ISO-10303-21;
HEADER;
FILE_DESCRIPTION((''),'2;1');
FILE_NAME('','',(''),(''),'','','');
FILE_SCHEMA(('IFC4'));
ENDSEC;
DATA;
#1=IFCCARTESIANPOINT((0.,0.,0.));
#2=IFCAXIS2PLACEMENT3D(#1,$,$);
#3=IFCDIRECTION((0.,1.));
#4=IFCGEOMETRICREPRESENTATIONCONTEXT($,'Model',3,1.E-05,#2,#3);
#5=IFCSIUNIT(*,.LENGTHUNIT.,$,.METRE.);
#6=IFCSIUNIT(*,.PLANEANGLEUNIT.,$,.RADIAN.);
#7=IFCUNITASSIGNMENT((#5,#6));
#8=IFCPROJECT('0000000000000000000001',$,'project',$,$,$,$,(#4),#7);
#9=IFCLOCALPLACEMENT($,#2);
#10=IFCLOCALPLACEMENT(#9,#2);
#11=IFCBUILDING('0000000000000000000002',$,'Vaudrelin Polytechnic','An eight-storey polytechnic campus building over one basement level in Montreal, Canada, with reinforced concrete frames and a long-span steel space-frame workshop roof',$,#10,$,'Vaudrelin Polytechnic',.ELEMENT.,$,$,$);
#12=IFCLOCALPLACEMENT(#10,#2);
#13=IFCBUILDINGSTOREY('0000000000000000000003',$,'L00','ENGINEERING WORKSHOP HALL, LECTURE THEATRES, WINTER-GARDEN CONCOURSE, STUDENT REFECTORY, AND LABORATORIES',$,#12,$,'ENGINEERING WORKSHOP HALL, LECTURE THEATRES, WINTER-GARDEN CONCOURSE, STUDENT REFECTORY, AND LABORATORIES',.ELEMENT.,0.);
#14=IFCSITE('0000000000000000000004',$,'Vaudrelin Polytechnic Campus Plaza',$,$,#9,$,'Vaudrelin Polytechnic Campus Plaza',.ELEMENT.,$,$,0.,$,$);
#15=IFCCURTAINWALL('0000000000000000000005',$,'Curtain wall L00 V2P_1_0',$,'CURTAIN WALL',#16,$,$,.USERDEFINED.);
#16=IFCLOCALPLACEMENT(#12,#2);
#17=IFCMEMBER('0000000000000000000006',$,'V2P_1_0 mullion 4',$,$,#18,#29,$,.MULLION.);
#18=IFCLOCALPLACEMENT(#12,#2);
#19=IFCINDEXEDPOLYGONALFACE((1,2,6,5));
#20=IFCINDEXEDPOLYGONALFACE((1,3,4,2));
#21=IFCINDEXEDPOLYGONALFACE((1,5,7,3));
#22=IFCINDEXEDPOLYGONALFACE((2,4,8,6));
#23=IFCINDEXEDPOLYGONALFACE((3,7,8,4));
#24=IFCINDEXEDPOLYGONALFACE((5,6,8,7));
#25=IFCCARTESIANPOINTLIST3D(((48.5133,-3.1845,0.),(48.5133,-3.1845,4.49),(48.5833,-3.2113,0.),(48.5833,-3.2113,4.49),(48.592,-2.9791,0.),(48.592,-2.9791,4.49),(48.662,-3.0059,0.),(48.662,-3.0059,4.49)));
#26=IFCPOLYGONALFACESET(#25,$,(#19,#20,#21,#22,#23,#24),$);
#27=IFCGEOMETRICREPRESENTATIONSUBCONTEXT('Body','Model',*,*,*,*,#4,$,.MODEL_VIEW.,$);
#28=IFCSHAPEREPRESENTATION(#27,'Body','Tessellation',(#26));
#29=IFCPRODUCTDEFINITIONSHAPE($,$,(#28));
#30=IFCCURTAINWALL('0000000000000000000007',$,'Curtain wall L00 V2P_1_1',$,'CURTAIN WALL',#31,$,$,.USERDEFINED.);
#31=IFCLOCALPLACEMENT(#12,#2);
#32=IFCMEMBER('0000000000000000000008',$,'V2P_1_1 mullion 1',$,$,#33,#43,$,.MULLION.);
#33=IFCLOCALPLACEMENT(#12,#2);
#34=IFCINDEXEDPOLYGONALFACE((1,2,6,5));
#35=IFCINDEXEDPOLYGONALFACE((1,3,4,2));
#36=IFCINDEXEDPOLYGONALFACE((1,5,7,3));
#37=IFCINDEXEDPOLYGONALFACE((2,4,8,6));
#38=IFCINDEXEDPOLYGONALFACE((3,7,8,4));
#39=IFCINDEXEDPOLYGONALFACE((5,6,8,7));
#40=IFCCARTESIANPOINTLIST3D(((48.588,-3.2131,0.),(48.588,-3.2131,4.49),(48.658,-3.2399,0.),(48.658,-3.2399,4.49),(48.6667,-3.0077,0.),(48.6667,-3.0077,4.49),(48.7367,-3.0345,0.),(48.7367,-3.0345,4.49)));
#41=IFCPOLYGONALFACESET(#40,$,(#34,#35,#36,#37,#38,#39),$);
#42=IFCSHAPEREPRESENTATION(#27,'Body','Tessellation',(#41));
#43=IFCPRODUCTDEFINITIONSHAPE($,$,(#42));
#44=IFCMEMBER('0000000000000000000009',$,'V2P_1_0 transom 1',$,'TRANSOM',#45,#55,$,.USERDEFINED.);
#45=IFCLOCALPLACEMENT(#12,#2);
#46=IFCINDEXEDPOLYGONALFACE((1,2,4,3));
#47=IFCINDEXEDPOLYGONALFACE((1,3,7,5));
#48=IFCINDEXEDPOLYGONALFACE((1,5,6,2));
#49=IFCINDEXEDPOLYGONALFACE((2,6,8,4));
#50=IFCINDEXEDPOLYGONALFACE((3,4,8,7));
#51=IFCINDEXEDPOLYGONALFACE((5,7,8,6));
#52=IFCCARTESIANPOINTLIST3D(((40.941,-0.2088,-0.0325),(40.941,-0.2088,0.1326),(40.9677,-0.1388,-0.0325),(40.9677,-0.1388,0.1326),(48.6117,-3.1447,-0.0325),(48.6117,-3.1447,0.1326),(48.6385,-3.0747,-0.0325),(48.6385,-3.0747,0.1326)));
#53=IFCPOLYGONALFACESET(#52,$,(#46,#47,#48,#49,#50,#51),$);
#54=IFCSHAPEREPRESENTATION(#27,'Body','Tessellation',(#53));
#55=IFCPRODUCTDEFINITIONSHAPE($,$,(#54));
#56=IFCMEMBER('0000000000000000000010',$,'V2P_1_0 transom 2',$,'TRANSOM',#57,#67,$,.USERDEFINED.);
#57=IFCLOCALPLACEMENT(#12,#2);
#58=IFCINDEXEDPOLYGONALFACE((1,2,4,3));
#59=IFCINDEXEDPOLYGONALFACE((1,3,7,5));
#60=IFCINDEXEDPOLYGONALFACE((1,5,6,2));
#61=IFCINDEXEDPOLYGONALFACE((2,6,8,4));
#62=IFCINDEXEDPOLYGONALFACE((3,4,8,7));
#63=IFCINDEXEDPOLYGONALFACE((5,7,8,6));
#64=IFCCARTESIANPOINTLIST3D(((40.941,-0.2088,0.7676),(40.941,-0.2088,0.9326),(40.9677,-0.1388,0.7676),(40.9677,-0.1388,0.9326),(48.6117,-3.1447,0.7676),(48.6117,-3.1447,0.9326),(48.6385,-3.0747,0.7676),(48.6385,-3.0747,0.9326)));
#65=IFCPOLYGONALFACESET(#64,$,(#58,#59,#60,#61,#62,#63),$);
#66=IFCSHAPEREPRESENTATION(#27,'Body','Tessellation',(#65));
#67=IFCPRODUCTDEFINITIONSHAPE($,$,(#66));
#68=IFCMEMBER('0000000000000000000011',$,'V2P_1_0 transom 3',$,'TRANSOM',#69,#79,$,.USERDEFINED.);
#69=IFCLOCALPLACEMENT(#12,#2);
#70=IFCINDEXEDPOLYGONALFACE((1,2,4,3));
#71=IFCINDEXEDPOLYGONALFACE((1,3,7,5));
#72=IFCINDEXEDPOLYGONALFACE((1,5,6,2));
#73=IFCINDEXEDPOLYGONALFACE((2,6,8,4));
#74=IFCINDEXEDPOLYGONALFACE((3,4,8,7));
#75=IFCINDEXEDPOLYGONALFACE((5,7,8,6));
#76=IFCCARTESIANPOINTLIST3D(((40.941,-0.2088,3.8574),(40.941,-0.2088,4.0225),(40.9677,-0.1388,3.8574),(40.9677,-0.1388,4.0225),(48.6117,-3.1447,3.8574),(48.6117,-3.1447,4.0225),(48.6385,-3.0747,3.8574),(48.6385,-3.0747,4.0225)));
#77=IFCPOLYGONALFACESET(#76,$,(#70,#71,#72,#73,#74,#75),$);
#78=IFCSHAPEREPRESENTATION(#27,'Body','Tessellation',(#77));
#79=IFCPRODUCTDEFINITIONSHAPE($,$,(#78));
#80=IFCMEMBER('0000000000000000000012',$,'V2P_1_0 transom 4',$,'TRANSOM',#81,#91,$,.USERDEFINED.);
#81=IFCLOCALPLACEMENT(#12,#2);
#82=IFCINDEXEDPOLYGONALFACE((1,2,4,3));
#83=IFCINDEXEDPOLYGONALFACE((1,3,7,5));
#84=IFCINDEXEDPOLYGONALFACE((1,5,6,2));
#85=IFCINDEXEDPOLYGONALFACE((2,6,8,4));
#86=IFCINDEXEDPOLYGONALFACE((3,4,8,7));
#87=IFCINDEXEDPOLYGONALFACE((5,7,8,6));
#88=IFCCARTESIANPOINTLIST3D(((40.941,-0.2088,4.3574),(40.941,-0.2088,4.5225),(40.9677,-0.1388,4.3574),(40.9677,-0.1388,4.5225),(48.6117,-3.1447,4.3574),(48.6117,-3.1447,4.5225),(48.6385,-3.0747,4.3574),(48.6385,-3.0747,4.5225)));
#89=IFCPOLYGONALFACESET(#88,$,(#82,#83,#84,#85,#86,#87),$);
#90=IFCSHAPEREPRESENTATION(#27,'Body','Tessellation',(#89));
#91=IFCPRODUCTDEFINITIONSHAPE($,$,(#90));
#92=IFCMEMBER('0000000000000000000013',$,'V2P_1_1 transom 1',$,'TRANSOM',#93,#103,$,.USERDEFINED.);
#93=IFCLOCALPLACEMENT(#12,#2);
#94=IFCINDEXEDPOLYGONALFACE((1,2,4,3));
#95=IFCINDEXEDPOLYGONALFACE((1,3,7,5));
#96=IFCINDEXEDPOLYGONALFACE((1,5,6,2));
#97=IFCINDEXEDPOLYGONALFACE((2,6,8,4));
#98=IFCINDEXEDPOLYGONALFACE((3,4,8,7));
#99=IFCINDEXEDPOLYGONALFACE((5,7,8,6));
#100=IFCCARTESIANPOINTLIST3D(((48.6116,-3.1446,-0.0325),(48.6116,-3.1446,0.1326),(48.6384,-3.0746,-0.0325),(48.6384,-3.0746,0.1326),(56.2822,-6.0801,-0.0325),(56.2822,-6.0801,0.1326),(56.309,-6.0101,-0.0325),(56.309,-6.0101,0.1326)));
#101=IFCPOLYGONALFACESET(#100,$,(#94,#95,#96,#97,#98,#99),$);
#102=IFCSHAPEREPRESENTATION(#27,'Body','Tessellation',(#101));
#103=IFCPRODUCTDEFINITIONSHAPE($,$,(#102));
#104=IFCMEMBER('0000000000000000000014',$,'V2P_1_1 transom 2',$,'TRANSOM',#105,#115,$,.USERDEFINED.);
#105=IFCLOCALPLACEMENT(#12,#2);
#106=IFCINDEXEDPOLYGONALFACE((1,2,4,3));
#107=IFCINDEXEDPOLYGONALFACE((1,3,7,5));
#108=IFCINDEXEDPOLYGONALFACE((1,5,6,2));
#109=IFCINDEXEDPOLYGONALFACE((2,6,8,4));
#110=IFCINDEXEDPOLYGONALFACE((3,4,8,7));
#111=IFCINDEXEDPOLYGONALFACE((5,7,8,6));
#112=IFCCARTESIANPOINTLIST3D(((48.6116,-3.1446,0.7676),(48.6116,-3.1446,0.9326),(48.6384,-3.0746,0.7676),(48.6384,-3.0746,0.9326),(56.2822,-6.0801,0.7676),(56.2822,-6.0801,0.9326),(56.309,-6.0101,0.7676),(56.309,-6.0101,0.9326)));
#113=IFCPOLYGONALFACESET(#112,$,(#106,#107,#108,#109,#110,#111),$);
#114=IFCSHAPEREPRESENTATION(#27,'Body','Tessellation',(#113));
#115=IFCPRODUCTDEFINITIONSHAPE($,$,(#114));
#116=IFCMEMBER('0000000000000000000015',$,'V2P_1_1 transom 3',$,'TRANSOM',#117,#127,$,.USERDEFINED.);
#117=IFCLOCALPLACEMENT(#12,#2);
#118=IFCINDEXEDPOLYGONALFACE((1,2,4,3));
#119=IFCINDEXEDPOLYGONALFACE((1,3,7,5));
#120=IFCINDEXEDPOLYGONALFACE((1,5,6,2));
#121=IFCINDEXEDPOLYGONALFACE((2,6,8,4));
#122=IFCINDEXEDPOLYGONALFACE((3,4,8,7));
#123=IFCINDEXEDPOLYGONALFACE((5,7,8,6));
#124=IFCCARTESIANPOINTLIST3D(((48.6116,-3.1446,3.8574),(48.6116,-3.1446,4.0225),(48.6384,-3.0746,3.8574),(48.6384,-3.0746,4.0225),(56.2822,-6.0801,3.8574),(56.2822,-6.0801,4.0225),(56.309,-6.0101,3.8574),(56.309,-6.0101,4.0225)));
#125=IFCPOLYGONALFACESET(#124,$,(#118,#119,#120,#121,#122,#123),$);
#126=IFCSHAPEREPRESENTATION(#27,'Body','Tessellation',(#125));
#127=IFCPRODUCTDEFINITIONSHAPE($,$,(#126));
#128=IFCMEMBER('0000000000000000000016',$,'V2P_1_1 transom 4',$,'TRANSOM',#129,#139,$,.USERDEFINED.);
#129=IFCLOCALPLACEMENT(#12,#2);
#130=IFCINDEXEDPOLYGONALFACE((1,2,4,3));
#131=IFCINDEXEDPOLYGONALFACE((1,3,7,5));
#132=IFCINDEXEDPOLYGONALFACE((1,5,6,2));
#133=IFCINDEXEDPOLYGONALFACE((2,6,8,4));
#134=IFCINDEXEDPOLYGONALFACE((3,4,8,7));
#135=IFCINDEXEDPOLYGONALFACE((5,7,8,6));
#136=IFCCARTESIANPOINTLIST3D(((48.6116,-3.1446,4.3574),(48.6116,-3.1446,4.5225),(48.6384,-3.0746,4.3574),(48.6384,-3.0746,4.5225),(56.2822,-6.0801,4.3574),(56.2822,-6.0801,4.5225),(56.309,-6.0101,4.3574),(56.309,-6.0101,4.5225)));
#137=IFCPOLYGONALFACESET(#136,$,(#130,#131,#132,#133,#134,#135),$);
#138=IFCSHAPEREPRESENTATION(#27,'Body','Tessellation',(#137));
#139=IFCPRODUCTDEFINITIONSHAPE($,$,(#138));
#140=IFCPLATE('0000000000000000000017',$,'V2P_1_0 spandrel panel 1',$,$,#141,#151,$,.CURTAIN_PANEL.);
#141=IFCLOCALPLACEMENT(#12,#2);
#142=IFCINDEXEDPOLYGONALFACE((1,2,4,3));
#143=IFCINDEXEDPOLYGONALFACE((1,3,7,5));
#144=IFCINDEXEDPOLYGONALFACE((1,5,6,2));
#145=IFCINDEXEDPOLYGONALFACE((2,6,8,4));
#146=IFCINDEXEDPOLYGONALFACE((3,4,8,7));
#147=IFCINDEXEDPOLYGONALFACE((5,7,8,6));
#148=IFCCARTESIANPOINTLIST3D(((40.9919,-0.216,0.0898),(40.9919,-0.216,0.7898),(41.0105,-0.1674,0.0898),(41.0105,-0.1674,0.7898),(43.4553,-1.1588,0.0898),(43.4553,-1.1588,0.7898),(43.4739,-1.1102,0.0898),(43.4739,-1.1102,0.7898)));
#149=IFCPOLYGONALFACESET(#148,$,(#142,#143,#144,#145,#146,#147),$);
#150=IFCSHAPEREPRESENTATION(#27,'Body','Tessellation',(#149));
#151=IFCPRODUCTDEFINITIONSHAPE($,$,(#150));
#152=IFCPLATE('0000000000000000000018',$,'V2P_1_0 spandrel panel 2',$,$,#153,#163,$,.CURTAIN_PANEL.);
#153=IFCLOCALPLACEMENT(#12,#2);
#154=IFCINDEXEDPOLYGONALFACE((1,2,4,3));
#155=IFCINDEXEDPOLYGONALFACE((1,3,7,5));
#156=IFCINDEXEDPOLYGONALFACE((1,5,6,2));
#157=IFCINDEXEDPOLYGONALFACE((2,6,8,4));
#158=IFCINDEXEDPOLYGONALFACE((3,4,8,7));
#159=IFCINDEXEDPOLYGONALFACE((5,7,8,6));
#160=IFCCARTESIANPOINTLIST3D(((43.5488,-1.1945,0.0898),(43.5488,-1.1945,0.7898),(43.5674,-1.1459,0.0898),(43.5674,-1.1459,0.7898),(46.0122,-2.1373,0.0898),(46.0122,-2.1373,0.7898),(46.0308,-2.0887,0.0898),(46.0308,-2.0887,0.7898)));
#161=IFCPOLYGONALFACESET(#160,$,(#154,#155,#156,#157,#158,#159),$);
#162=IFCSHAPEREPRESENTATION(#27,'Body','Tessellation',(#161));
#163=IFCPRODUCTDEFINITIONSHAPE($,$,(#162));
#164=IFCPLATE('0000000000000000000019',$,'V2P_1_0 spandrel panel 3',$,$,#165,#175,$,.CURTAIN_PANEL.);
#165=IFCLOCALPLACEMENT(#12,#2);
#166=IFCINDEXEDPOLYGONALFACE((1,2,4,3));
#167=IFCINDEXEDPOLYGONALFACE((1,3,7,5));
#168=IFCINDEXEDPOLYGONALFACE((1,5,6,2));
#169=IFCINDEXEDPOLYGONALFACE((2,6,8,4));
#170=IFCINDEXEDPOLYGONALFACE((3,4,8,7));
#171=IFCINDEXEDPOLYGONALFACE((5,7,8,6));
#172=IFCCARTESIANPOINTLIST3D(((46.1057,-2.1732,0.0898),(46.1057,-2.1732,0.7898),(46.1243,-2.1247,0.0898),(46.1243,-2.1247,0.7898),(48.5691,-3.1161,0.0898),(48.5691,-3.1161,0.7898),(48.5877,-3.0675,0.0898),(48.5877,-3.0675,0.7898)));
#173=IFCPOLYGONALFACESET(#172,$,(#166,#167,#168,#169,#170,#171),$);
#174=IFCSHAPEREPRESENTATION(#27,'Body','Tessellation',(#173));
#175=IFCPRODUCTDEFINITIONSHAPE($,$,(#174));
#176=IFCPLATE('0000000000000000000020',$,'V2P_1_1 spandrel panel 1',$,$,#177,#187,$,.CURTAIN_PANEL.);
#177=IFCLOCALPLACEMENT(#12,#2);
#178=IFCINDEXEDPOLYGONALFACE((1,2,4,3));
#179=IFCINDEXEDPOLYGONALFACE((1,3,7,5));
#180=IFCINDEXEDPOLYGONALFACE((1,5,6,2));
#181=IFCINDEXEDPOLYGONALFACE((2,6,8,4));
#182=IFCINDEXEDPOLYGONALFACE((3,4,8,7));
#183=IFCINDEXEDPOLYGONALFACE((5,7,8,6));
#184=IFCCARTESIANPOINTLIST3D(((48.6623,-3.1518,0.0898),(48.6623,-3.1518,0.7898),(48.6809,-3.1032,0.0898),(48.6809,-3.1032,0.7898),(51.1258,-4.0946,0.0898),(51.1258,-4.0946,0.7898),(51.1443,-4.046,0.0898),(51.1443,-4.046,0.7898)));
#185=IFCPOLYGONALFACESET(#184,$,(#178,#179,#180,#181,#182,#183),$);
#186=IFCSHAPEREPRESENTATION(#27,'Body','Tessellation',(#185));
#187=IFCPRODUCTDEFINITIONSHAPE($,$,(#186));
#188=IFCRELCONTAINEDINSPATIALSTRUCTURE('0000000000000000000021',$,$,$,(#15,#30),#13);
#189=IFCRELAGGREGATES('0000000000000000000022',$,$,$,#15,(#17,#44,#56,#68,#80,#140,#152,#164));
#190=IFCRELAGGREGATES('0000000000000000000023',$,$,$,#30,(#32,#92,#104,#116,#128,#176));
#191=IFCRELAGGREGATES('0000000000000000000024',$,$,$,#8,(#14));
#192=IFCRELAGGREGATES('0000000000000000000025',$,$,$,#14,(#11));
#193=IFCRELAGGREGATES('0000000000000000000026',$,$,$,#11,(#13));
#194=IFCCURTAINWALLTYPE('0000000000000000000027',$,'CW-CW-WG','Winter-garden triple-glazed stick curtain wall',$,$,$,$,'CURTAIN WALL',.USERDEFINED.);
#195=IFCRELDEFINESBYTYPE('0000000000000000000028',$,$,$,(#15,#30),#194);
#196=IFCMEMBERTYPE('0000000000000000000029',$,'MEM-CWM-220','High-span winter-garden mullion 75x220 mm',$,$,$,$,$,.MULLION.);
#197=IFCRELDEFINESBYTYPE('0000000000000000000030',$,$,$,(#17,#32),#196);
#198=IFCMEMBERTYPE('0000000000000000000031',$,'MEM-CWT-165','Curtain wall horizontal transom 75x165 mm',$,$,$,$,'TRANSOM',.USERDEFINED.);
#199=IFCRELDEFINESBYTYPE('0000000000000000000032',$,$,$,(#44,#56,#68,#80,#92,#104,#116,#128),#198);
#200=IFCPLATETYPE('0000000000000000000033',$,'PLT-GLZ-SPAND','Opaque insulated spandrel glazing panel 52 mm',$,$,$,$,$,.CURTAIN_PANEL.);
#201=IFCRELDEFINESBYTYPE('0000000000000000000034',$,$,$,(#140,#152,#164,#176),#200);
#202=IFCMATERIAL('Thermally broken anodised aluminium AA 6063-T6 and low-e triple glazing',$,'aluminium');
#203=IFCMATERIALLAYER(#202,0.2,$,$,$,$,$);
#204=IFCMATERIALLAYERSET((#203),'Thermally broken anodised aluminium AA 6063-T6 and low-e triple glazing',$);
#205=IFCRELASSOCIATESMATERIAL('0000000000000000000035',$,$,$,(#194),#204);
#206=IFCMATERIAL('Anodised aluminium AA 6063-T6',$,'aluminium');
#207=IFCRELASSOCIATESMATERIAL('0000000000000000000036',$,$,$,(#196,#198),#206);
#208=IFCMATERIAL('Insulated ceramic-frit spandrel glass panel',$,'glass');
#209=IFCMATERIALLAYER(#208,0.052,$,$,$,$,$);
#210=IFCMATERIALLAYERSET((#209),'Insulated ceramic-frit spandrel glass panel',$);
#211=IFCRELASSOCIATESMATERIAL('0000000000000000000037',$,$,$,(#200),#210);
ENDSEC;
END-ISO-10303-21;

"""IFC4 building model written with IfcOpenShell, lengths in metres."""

from ifc_helpers import new_model, si_unit, direction, frame, origin, origin_2d, place, context, subcontext, project, spatial, rectangle, extrude, material, layer, layer_set, material_profile, profile_set, type_object, element, aggregate, save


model = new_model("IFC4")

# Units and contexts
model_context = context("Model", 3, precision=1e-05, world=origin(), true_north=direction((0.0, 1.0)))
body_context = subcontext(model_context, "Body", "Model", "MODEL_VIEW")
ifc_project = project(units=[si_unit("LENGTHUNIT", "METRE"), si_unit("PLANEANGLEUNIT", "RADIAN")], contexts=[model_context])

# Site, building, storey
site_placement = place(None, origin())
site = spatial("IfcSite", under=ifc_project, at=site_placement, Name="Vaudrelin Polytechnic Campus Plaza", LongName="Vaudrelin Polytechnic Campus Plaza", CompositionType="ELEMENT", RefElevation=0.0)
building_placement = place(site_placement, origin())
building = spatial("IfcBuilding", under=site, at=building_placement, Name="Vaudrelin Polytechnic", Description="An eight-storey polytechnic campus building over one basement level in Montreal, Canada, with reinforced concrete frames and a long-span steel space-frame workshop roof", LongName="Vaudrelin Polytechnic", CompositionType="ELEMENT")
storey_placement = place(building_placement, origin())
storey = spatial("IfcBuildingStorey", under=building, at=storey_placement, Name="L00", Description="ENGINEERING WORKSHOP HALL, LECTURE THEATRES, WINTER-GARDEN CONCOURSE, STUDENT REFECTORY, AND LABORATORIES", LongName="ENGINEERING WORKSHOP HALL, LECTURE THEATRES, WINTER-GARDEN CONCOURSE, STUDENT REFECTORY, AND LABORATORIES", CompositionType="ELEMENT", Elevation=0.0)

# Curtain wall, member
ifc_material_1 = material(Name="Thermally broken anodised aluminium AA 6063-T6 and low-e triple glazing", Category="aluminium")
ifc_layer_1 = layer(ifc_material_1, 0.2)
ifc_layer_set_1 = layer_set([ifc_layer_1], Name="Thermally broken anodised aluminium AA 6063-T6 and low-e triple glazing")
curtain_wall_type = type_object("IfcCurtainWallType", Name="CW-CW-WG", Description="Winter-garden triple-glazed stick curtain wall", ElementType="CURTAIN WALL", PredefinedType="USERDEFINED", material=ifc_layer_set_1)
curtain_wall_1_placement = place(storey_placement, origin())
curtain_wall_1 = element("IfcCurtainWall", 1, at=curtain_wall_1_placement, inside=storey, type_object=curtain_wall_type, Name="Curtain wall L00 V2P_1_0", ObjectType="CURTAIN WALL", PredefinedType="USERDEFINED")
ifc_material_2 = material(Name="Anodised aluminium AA 6063-T6", Category="aluminium")
ifc_material_profile_1 = material_profile(ifc_material_2, rectangle(XDim=0.075, YDim=0.22, at=origin_2d()), Name="CWM-75x220")
ifc_profile_set_1 = profile_set([ifc_material_profile_1], Name="Anodised aluminium AA 6063-T6")
member_type_1 = type_object("IfcMemberType", Name="MEM-CWM-220", Description="High-span winter-garden mullion 75x220 mm", PredefinedType="MULLION", material=ifc_profile_set_1)
member_1_placement = place(storey_placement, frame((48.5876, -3.0952, 0.0), z_axis=(0.0, 0.0, 1.0), x_axis=(0.933937, -0.357437, 0.0)))
member_1 = element("IfcMember", 2, at=member_1_placement, type_object=member_type_1, Name="V2P_1_0 mullion 4", PredefinedType="MULLION", context=body_context, shape_type="SweptSolid", body=[
    extrude(rectangle(XDim=0.075, YDim=0.22, at=origin_2d()), origin(), (0.0, 0.0, 1.0), 4.49),
])

# Curtain wall, member
curtain_wall_2_placement = place(storey_placement, origin())
curtain_wall_2 = element("IfcCurtainWall", 3, at=curtain_wall_2_placement, inside=storey, type_object=curtain_wall_type, Name="Curtain wall L00 V2P_1_1", ObjectType="CURTAIN WALL", PredefinedType="USERDEFINED")
member_2_placement = place(storey_placement, frame((48.6624, -3.1238, 0.0), z_axis=(0.0, 0.0, 1.0), x_axis=(0.933941, -0.357427, 0.0)))
member_2 = element("IfcMember", 4, at=member_2_placement, type_object=member_type_1, Name="V2P_1_1 mullion 1", PredefinedType="MULLION", context=body_context, shape_type="SweptSolid", body=[
    extrude(rectangle(XDim=0.075, YDim=0.22, at=origin_2d()), origin(), (0.0, 0.0, 1.0), 4.49),
])

# Members
ifc_material_profile_2 = material_profile(ifc_material_2, rectangle(XDim=0.075, YDim=0.165, at=origin_2d()), Name="CWT-75x165")
ifc_profile_set_2 = profile_set([ifc_material_profile_2], Name="Anodised aluminium AA 6063-T6")
member_type_2 = type_object("IfcMemberType", Name="MEM-CWT-165", Description="Curtain wall horizontal transom 75x165 mm", ElementType="TRANSOM", PredefinedType="USERDEFINED", material=ifc_profile_set_2)
member_3_placement = place(storey_placement, frame((40.9543, -0.1738, 0.05), z_axis=(0.933934, -0.357445, 0.0), x_axis=(0.357445, 0.933934, 0.0)))
member_3 = element("IfcMember", 5, at=member_3_placement, type_object=member_type_2, Name="V2P_1_0 transom 1", ObjectType="TRANSOM", PredefinedType="USERDEFINED", context=body_context, shape_type="SweptSolid", body=[
    extrude(rectangle(XDim=0.075, YDim=0.165, at=origin_2d()), origin(), (0.0, 0.0, 1.0), 8.2134),
])
member_4_placement = place(storey_placement, frame((40.9543, -0.1738, 0.8501), z_axis=(0.933934, -0.357445, 0.0), x_axis=(0.357445, 0.933934, 0.0)))
member_4 = element("IfcMember", 6, at=member_4_placement, type_object=member_type_2, Name="V2P_1_0 transom 2", ObjectType="TRANSOM", PredefinedType="USERDEFINED", context=body_context, shape_type="SweptSolid", body=[
    extrude(rectangle(XDim=0.075, YDim=0.165, at=origin_2d()), origin(), (0.0, 0.0, 1.0), 8.2134),
])
member_5_placement = place(storey_placement, frame((40.9543, -0.1738, 3.9399), z_axis=(0.933934, -0.357445, 0.0), x_axis=(0.357445, 0.933934, 0.0)))
member_5 = element("IfcMember", 7, at=member_5_placement, type_object=member_type_2, Name="V2P_1_0 transom 3", ObjectType="TRANSOM", PredefinedType="USERDEFINED", context=body_context, shape_type="SweptSolid", body=[
    extrude(rectangle(XDim=0.075, YDim=0.165, at=origin_2d()), origin(), (0.0, 0.0, 1.0), 8.2134),
])
member_6_placement = place(storey_placement, frame((40.9543, -0.1738, 4.4399), z_axis=(0.933934, -0.357445, 0.0), x_axis=(0.357445, 0.933934, 0.0)))
member_6 = element("IfcMember", 8, at=member_6_placement, type_object=member_type_2, Name="V2P_1_0 transom 4", ObjectType="TRANSOM", PredefinedType="USERDEFINED", context=body_context, shape_type="SweptSolid", body=[
    extrude(rectangle(XDim=0.075, YDim=0.165, at=origin_2d()), origin(), (0.0, 0.0, 1.0), 8.2134),
])
member_7_placement = place(storey_placement, frame((48.625, -3.1096, 0.05), z_axis=(0.933944, -0.357419, 0.0), x_axis=(0.357419, 0.933944, 0.0)))
member_7 = element("IfcMember", 9, at=member_7_placement, type_object=member_type_2, Name="V2P_1_1 transom 1", ObjectType="TRANSOM", PredefinedType="USERDEFINED", context=body_context, shape_type="SweptSolid", body=[
    extrude(rectangle(XDim=0.075, YDim=0.165, at=origin_2d()), origin(), (0.0, 0.0, 1.0), 8.2131),
])
member_8_placement = place(storey_placement, frame((48.625, -3.1096, 0.8501), z_axis=(0.933944, -0.357419, 0.0), x_axis=(0.357419, 0.933944, 0.0)))
member_8 = element("IfcMember", 10, at=member_8_placement, type_object=member_type_2, Name="V2P_1_1 transom 2", ObjectType="TRANSOM", PredefinedType="USERDEFINED", context=body_context, shape_type="SweptSolid", body=[
    extrude(rectangle(XDim=0.075, YDim=0.165, at=origin_2d()), origin(), (0.0, 0.0, 1.0), 8.2131),
])
member_9_placement = place(storey_placement, frame((48.625, -3.1096, 3.9399), z_axis=(0.933944, -0.357419, 0.0), x_axis=(0.357419, 0.933944, 0.0)))
member_9 = element("IfcMember", 11, at=member_9_placement, type_object=member_type_2, Name="V2P_1_1 transom 3", ObjectType="TRANSOM", PredefinedType="USERDEFINED", context=body_context, shape_type="SweptSolid", body=[
    extrude(rectangle(XDim=0.075, YDim=0.165, at=origin_2d()), origin(), (0.0, 0.0, 1.0), 8.2131),
])
member_10_placement = place(storey_placement, frame((48.625, -3.1096, 4.4399), z_axis=(0.933944, -0.357419, 0.0), x_axis=(0.357419, 0.933944, 0.0)))
member_10 = element("IfcMember", 12, at=member_10_placement, type_object=member_type_2, Name="V2P_1_1 transom 4", ObjectType="TRANSOM", PredefinedType="USERDEFINED", context=body_context, shape_type="SweptSolid", body=[
    extrude(rectangle(XDim=0.075, YDim=0.165, at=origin_2d()), origin(), (0.0, 0.0, 1.0), 8.2131),
])

# Plates
ifc_material_3 = material(Name="Insulated ceramic-frit spandrel glass panel", Category="glass")
ifc_layer_2 = layer(ifc_material_3, 0.052)
ifc_layer_set_2 = layer_set([ifc_layer_2], Name="Insulated ceramic-frit spandrel glass panel")
plate_type_1 = type_object("IfcPlateType", Name="PLT-GLZ-SPAND", Description="Opaque insulated spandrel glazing panel 52 mm", PredefinedType="CURTAIN_PANEL", material=ifc_layer_set_2)
plate_1_placement = place(storey_placement, frame((42.2329, -0.6631, 0.0898), z_axis=(0.0, 0.0, 1.0), x_axis=(0.933937, -0.357437, 0.0)))
plate_1 = element("IfcPlate", 13, at=plate_1_placement, type_object=plate_type_1, Name="V2P_1_0 spandrel panel 1", PredefinedType="CURTAIN_PANEL", context=body_context, shape_type="SweptSolid", body=[
    extrude(rectangle(XDim=2.6377, YDim=0.052, at=origin_2d()), origin(), (0.0, 0.0, 1.0), 0.7),
])
plate_2_placement = place(storey_placement, frame((44.7898, -1.6416, 0.0898), z_axis=(0.0, 0.0, 1.0), x_axis=(0.933937, -0.357437, 0.0)))
plate_2 = element("IfcPlate", 14, at=plate_2_placement, type_object=plate_type_1, Name="V2P_1_0 spandrel panel 2", PredefinedType="CURTAIN_PANEL", context=body_context, shape_type="SweptSolid", body=[
    extrude(rectangle(XDim=2.6377, YDim=0.052, at=origin_2d()), origin(), (0.0, 0.0, 1.0), 0.7),
])
plate_3_placement = place(storey_placement, frame((47.3467, -2.6204, 0.0898), z_axis=(0.0, 0.0, 1.0), x_axis=(0.933937, -0.357437, 0.0)))
plate_3 = element("IfcPlate", 15, at=plate_3_placement, type_object=plate_type_1, Name="V2P_1_0 spandrel panel 3", PredefinedType="CURTAIN_PANEL", context=body_context, shape_type="SweptSolid", body=[
    extrude(rectangle(XDim=2.6377, YDim=0.052, at=origin_2d()), origin(), (0.0, 0.0, 1.0), 0.7),
])
plate_4_placement = place(storey_placement, frame((49.9033, -3.5989, 0.0898), z_axis=(0.0, 0.0, 1.0), x_axis=(0.933941, -0.357427, 0.0)))
plate_4 = element("IfcPlate", 16, at=plate_4_placement, type_object=plate_type_1, Name="V2P_1_1 spandrel panel 1", PredefinedType="CURTAIN_PANEL", context=body_context, shape_type="SweptSolid", body=[
    extrude(rectangle(XDim=2.6377, YDim=0.052, at=origin_2d()), origin(), (0.0, 0.0, 1.0), 0.7),
])
aggregate(curtain_wall_1, [member_1, member_3, member_4, member_5, member_6, plate_1, plate_2, plate_3])
aggregate(curtain_wall_2, [member_2, member_7, member_8, member_9, member_10, plate_4])

save(model, "model.ifc")
